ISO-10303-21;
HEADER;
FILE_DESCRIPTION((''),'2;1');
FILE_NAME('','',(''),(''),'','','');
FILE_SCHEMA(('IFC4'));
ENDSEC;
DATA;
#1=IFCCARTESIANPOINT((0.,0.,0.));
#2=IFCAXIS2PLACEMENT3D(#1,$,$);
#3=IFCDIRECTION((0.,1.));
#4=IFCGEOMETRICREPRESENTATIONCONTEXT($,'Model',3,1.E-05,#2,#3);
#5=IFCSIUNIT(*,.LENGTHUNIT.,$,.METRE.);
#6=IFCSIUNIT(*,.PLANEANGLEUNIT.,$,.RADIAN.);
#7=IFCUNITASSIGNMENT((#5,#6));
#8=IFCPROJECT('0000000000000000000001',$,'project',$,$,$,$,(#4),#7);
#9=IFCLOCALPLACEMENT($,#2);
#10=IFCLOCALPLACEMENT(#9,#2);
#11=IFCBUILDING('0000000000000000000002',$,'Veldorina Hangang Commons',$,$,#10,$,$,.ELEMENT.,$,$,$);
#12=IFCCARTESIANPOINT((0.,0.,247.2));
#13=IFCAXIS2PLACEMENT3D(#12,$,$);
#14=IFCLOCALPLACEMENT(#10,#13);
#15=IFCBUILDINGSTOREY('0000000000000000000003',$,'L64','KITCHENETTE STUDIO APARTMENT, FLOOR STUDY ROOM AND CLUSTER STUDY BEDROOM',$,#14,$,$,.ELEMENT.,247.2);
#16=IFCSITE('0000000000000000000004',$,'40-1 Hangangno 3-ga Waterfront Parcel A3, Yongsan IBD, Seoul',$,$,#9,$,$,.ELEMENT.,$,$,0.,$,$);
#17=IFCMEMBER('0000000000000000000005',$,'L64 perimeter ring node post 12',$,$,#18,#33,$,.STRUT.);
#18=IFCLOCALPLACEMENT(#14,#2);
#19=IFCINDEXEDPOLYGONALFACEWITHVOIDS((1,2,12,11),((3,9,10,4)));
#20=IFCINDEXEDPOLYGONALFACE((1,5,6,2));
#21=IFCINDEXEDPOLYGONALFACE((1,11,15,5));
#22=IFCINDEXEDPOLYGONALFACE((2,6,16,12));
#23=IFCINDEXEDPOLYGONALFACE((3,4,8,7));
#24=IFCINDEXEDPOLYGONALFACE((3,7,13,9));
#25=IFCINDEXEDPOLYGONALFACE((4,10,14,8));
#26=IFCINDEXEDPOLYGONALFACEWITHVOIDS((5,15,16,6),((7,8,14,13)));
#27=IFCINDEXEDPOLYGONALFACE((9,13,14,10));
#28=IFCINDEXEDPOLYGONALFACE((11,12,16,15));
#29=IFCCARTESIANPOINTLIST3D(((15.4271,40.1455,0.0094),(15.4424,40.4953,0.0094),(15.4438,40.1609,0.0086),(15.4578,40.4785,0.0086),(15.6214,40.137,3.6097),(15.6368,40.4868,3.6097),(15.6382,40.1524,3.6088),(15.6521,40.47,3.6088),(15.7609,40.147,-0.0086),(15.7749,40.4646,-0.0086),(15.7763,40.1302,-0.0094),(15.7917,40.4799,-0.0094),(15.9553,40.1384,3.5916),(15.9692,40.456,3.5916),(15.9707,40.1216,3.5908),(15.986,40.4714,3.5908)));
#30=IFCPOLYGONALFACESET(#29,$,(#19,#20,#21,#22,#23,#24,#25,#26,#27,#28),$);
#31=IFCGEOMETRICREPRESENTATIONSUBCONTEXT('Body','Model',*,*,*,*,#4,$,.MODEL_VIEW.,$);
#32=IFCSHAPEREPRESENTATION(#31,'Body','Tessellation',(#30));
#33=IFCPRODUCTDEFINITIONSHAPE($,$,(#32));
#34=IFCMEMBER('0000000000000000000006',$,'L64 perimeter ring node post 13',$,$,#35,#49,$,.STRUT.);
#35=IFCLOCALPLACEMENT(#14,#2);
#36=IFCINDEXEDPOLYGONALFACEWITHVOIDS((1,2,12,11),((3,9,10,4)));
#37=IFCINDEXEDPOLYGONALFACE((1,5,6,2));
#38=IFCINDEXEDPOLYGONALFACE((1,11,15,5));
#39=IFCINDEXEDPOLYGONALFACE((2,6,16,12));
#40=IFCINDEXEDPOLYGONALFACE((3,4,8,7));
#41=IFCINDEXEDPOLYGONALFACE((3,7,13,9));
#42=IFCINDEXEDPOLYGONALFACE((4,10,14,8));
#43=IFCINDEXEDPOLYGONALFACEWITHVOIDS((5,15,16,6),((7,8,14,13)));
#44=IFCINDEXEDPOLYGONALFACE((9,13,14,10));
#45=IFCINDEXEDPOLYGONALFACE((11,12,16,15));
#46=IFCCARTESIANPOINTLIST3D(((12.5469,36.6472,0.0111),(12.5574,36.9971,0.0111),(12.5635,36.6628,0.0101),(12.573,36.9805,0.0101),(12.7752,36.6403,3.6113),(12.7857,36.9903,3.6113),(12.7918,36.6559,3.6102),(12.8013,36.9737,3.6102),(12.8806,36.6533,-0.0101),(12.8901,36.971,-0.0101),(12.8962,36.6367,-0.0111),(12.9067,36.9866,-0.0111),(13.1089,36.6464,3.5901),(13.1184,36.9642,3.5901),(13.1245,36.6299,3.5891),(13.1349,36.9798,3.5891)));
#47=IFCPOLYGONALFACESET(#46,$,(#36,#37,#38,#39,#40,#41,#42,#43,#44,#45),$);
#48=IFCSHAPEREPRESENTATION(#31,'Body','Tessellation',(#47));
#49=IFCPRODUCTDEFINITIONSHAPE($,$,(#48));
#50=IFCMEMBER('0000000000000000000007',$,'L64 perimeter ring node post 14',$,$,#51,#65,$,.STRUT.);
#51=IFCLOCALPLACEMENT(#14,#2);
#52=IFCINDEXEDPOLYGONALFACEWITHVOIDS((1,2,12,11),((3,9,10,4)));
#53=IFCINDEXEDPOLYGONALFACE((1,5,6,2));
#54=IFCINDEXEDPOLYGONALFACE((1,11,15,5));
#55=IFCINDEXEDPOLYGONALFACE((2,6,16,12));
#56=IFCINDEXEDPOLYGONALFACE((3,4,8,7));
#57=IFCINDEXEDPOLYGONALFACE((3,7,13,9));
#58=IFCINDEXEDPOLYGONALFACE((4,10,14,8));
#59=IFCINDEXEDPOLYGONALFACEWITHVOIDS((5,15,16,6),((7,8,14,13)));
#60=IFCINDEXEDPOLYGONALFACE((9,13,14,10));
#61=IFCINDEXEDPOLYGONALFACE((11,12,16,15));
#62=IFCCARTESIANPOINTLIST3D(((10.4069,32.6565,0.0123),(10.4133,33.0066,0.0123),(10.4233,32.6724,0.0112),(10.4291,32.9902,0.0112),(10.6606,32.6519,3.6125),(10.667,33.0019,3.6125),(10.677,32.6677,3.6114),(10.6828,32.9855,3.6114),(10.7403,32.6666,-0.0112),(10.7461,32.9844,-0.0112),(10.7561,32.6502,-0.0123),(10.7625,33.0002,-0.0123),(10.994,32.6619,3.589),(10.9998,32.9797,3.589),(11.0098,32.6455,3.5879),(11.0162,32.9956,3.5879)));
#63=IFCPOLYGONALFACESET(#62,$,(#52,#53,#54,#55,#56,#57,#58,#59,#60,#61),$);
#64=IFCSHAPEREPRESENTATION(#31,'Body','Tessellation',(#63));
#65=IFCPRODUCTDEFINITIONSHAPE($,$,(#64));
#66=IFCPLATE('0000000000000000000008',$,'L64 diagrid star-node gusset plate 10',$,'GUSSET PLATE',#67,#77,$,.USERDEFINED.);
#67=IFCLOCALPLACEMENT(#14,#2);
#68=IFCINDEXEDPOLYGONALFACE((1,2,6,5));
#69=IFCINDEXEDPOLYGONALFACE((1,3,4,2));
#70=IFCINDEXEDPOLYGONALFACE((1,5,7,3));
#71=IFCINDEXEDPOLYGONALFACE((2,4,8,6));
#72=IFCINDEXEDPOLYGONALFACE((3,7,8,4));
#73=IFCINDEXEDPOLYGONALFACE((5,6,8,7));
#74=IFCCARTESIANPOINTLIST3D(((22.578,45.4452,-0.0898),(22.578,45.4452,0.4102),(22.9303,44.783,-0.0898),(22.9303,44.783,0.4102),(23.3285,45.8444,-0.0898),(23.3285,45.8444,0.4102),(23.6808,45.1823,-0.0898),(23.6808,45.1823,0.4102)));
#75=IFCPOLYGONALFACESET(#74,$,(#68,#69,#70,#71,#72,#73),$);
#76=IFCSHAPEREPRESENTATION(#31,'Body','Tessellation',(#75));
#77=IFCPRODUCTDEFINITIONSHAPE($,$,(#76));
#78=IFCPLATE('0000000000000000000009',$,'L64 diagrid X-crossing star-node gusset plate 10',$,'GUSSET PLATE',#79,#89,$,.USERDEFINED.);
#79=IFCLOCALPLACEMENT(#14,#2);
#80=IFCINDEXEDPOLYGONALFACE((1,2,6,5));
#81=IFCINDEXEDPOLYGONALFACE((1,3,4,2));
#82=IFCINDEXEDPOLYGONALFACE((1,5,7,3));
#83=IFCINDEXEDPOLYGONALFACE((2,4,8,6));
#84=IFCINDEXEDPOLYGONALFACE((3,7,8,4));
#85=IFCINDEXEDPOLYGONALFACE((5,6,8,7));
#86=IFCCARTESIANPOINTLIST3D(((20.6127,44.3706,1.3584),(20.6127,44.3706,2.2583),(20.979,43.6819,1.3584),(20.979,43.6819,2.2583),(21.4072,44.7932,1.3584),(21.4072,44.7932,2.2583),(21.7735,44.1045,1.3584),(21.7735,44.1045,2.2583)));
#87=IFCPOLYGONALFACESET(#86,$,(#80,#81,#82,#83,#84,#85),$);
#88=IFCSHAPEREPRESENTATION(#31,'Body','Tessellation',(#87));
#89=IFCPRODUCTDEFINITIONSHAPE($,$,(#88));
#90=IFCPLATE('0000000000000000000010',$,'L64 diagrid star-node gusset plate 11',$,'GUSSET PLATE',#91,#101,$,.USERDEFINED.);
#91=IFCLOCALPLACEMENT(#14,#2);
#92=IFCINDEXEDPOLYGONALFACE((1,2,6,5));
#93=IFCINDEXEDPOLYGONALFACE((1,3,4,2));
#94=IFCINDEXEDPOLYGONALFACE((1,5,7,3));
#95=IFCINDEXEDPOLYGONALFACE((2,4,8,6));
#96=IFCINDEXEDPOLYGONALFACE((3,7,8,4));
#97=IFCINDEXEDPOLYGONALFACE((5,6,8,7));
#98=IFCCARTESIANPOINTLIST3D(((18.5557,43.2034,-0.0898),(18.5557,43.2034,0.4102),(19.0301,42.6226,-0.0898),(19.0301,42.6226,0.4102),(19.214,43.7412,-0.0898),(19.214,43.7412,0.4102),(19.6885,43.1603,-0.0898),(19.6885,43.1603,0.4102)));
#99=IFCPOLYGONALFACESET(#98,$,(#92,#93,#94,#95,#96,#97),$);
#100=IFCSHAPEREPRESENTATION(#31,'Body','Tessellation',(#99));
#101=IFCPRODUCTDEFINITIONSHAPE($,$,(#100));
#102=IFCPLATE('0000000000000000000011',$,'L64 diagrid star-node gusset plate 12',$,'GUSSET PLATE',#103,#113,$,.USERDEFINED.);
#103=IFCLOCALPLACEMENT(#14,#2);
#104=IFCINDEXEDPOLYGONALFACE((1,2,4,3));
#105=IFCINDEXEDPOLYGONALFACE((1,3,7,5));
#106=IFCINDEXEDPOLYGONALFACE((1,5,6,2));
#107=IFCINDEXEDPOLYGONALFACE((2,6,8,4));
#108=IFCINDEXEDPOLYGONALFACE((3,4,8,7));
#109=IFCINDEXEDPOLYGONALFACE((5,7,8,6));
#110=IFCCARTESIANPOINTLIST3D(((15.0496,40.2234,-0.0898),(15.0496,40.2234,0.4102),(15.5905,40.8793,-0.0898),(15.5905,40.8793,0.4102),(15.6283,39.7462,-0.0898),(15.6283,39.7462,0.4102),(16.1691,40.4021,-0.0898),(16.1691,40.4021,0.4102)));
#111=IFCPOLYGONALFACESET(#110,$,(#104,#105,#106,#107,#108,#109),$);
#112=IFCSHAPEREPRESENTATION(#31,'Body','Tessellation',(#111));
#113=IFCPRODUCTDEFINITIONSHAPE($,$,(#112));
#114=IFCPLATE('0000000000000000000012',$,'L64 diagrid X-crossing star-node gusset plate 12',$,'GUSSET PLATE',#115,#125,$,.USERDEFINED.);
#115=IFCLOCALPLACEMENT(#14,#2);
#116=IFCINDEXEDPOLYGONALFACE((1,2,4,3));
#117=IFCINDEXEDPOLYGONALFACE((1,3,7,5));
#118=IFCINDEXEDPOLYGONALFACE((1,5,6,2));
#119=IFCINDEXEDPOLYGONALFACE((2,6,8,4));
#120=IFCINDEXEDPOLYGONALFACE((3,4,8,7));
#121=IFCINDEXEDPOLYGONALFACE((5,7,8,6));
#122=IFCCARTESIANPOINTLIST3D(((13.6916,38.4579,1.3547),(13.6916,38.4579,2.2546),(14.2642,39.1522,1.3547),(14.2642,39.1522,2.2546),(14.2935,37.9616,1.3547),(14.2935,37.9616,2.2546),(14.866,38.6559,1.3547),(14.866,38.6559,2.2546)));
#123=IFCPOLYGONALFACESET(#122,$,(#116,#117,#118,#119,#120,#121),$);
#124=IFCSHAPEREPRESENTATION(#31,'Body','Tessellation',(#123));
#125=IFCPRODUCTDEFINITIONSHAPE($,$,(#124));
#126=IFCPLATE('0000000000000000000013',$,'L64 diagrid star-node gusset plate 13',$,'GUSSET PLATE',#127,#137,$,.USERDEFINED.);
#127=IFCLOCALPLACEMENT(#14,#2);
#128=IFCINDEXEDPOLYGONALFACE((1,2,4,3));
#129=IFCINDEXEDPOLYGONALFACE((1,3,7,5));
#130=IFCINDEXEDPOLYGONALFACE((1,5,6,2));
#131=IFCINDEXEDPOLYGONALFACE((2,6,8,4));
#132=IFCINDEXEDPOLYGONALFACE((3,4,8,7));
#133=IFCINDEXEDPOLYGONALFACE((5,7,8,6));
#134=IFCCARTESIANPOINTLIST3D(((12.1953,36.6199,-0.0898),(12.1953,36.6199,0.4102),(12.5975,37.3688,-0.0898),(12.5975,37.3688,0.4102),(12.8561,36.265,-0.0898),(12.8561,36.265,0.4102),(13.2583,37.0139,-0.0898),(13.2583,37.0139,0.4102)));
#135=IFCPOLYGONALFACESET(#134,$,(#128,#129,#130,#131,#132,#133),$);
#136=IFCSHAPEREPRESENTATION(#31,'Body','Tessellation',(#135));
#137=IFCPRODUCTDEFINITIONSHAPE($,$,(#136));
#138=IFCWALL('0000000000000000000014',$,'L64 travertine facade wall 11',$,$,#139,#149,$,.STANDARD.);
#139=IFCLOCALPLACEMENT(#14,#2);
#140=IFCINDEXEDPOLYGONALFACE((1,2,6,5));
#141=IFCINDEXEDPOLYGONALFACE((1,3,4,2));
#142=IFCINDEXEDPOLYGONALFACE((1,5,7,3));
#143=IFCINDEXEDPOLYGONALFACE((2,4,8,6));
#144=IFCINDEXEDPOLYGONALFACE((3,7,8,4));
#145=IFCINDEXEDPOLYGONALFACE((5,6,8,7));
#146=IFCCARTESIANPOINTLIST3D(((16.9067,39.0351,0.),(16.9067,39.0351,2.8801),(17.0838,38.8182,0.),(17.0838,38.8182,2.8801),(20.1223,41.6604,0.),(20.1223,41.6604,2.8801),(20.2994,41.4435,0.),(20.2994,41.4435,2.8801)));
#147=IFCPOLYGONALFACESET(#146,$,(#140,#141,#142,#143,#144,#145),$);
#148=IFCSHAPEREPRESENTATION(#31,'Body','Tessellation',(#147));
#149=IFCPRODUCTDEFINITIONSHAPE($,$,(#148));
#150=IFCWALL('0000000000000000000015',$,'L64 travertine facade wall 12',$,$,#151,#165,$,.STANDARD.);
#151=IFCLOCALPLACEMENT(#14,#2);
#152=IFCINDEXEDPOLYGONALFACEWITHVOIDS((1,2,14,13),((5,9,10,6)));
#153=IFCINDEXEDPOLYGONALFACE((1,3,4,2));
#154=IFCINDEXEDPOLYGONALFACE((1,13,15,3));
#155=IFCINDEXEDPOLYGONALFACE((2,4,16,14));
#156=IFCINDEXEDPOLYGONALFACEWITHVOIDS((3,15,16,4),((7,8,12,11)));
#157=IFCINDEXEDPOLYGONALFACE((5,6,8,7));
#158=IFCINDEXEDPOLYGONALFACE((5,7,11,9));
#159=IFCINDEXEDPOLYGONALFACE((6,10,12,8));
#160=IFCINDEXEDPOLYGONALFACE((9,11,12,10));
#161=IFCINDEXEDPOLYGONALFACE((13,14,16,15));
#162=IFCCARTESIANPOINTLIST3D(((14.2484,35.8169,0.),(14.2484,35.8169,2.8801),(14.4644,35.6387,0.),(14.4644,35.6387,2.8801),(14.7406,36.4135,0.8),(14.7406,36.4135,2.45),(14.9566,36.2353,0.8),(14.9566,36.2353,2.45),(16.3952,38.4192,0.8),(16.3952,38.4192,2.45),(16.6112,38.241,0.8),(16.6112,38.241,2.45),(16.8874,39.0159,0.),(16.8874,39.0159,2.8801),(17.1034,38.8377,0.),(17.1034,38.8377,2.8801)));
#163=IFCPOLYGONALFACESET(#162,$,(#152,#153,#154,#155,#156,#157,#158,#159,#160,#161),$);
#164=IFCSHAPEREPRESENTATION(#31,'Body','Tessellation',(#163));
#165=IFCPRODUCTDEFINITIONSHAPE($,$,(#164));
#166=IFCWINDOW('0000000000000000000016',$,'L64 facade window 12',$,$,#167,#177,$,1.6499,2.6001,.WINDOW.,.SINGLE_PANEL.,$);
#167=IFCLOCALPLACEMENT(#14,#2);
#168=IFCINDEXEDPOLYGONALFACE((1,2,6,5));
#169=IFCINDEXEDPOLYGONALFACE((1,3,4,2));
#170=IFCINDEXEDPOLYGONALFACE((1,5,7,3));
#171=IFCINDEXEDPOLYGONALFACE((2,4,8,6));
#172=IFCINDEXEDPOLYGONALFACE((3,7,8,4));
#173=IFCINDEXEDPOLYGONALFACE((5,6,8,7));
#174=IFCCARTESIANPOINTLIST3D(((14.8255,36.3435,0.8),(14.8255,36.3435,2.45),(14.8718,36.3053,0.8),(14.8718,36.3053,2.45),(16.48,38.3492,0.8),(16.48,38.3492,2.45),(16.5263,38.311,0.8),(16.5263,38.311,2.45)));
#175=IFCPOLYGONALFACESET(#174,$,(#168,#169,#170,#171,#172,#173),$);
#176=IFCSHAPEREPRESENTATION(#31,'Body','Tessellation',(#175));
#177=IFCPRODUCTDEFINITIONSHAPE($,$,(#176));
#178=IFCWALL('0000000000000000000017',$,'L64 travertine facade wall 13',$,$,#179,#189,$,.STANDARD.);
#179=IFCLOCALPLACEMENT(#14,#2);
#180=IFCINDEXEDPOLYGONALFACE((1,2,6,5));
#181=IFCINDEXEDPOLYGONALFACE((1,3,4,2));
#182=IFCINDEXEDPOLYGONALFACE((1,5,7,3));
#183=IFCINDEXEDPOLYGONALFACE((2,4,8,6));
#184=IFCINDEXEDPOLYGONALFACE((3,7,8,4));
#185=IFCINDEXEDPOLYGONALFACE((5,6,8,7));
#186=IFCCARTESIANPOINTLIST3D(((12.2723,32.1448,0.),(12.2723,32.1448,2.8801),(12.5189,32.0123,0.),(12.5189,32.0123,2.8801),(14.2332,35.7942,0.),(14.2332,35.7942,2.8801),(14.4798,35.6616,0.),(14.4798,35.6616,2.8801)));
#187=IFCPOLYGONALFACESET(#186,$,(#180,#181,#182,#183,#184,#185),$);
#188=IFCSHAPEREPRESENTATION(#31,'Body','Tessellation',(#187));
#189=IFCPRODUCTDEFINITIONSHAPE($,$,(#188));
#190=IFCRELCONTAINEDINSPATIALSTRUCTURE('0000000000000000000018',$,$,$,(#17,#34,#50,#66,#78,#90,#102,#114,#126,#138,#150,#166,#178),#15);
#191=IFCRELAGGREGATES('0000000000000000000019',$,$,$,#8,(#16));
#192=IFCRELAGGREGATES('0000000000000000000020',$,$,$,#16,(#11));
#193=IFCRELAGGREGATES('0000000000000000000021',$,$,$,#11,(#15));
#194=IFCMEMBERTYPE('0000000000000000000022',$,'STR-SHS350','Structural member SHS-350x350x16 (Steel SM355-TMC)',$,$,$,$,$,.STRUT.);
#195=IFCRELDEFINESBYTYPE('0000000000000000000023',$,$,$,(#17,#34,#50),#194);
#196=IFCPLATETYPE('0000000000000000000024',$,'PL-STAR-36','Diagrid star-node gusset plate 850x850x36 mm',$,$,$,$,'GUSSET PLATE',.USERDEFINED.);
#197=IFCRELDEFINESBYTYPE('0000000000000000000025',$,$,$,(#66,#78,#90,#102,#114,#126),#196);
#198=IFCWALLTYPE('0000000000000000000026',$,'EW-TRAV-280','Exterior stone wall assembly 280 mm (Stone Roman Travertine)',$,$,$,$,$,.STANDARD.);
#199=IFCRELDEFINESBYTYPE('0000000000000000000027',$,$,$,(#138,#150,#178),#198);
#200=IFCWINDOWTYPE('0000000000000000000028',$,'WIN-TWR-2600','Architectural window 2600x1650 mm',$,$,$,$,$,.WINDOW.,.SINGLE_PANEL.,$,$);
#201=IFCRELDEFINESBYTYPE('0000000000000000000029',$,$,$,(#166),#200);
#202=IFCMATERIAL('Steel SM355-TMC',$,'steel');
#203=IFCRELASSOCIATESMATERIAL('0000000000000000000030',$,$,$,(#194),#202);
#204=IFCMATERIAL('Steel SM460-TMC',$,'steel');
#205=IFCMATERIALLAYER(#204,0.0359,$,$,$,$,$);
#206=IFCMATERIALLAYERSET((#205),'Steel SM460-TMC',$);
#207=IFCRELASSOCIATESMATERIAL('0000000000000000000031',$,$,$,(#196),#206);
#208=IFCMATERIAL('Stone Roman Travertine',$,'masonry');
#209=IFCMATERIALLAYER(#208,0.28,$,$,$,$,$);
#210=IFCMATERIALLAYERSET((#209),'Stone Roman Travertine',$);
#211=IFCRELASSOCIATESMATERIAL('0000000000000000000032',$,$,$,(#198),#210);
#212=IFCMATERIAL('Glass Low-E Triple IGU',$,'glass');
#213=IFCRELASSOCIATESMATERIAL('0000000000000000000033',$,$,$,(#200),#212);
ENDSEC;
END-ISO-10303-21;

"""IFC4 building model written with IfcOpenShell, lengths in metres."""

from ifc_helpers import new_model, si_unit, direction, frame, frame_2d, origin, origin_2d, place, context, subcontext, project, spatial, rectangle, hollow_rectangle, extrude, material, layer, layer_set, material_profile, profile_set, type_object, element, fill, save


model = new_model("IFC4")

# Units and contexts
model_context = context("Model", 3, precision=1e-05, world=origin(), true_north=direction((0.0, 1.0)))
body_context = subcontext(model_context, "Body", "Model", "MODEL_VIEW")
ifc_project = project(units=[si_unit("LENGTHUNIT", "METRE"), si_unit("PLANEANGLEUNIT", "RADIAN")], contexts=[model_context])

# Site, building, storey
site_placement = place(None, origin())
site = spatial("IfcSite", under=ifc_project, at=site_placement, Name="40-1 Hangangno 3-ga Waterfront Parcel A3, Yongsan IBD, Seoul", CompositionType="ELEMENT", RefElevation=0.0)
building_placement = place(site_placement, origin())
building = spatial("IfcBuilding", under=site, at=building_placement, Name="Veldorina Hangang Commons", CompositionType="ELEMENT")
storey_placement = place(building_placement, frame((0.0, 0.0, 247.2)))
storey = spatial("IfcBuildingStorey", under=building, at=storey_placement, Name="L64", Description="KITCHENETTE STUDIO APARTMENT, FLOOR STUDY ROOM AND CLUSTER STUDY BEDROOM", CompositionType="ELEMENT", Elevation=247.2)

# Shared definitions
ifc_material_1 = material(Name="Steel SM355-TMC", Category="steel")

# Members
ifc_material_profile_1 = material_profile(ifc_material_1, hollow_rectangle(XDim=0.3501, YDim=0.3501, WallThickness=0.0161, at=origin_2d()), Name="SHS-350x350x16")
ifc_profile_set_1 = profile_set([ifc_material_profile_1], Name="Steel SM355-TMC")
member_type_1 = type_object("IfcMemberType", Name="STR-SHS350", Description="Structural member SHS-350x350x16 (Steel SM355-TMC)", PredefinedType="STRUT", material=ifc_profile_set_1)
member_1_placement = place(storey_placement, frame((15.6094, 40.3127, 0.0), z_axis=(0.053902, -0.00237, 0.998543), x_axis=(0.043927, 0.999035, 0.0)))
element("IfcMember", 1, at=member_1_placement, inside=storey, type_object=member_type_1, Name="L64 perimeter ring node post 12", PredefinedType="STRUT", context=body_context, shape_type="SweptSolid", body=[
    extrude(hollow_rectangle(XDim=0.3501, YDim=0.3501, WallThickness=0.0161, at=origin_2d()), origin(), (0.0, 0.0, 1.0), 3.6055),
])
member_2_placement = place(storey_placement, frame((12.7268, 36.8169, 0.0), z_axis=(0.06328, -0.001895, 0.997994), x_axis=(0.029933, 0.999552, 0.0)))
element("IfcMember", 2, at=member_2_placement, inside=storey, type_object=member_type_1, Name="L64 perimeter ring node post 13", PredefinedType="STRUT", context=body_context, shape_type="SweptSolid", body=[
    extrude(hollow_rectangle(XDim=0.3501, YDim=0.3501, WallThickness=0.0161, at=origin_2d()), origin(), (0.0, 0.0, 1.0), 3.6074),
])
member_3_placement = place(storey_placement, frame((10.5847, 32.8284, 0.0), z_axis=(0.070285, -0.001285, 0.997526), x_axis=(0.018284, 0.999833, 0.0)))
element("IfcMember", 3, at=member_3_placement, inside=storey, type_object=member_type_1, Name="L64 perimeter ring node post 14", PredefinedType="STRUT", context=body_context, shape_type="SweptSolid", body=[
    extrude(hollow_rectangle(XDim=0.3501, YDim=0.3501, WallThickness=0.0161, at=origin_2d()), origin(), (0.0, 0.0, 1.0), 3.6091),
])

# Plates
ifc_material_2 = material(Name="Steel SM460-TMC", Category="steel")
ifc_layer_1 = layer(ifc_material_2, 0.0359)
ifc_layer_set_1 = layer_set([ifc_layer_1], Name="Steel SM460-TMC")
plate_type = type_object("IfcPlateType", Name="PL-STAR-36", Description="Diagrid star-node gusset plate 850x850x36 mm", ElementType="GUSSET PLATE", PredefinedType="USERDEFINED", material=ifc_layer_set_1)
plate_1_placement = place(storey_placement, frame((23.1294, 45.3137, -0.0898), z_axis=(0.0, 0.0, 1.0), x_axis=(-0.882857, -0.469641, 0.0)))
element("IfcPlate", 4, at=plate_1_placement, inside=storey, type_object=plate_type, Name="L64 diagrid star-node gusset plate 10", ObjectType="GUSSET PLATE", PredefinedType="USERDEFINED", context=body_context, shape_type="SweptSolid", body=[
    extrude(rectangle(XDim=0.8501, YDim=0.75, at=origin_2d()), origin(), (0.0, 0.0, 1.0), 0.5),
])
plate_2_placement = place(storey_placement, frame((21.1931, 44.2375, 1.3584), z_axis=(0.0, 0.0, 1.0), x_axis=(-0.882857, -0.469641, 0.0)))
element("IfcPlate", 5, at=plate_2_placement, inside=storey, type_object=plate_type, Name="L64 diagrid X-crossing star-node gusset plate 10", ObjectType="GUSSET PLATE", PredefinedType="USERDEFINED", context=body_context, shape_type="SweptSolid", body=[
    extrude(rectangle(XDim=0.8999, YDim=0.78, at=origin_2d()), origin(), (0.0, 0.0, 1.0), 0.8999),
])
for number, where, z_axis, x_axis, name in (
    (6, (19.1221, 43.1819, -0.0898), (0.0, 0.0, 1.0), (-0.774481, -0.632597, 0.0), "L64 diagrid star-node gusset plate 11"),
    (7, (15.6094, 40.3127, -0.0898), (0.0, 0.0, 1.0), (-0.636199, -0.771525, 0.0), "L64 diagrid star-node gusset plate 12"),
):
    element("IfcPlate", number, at=place(storey_placement, frame(where, z_axis=z_axis, x_axis=x_axis)), inside=storey, type_object=plate_type, Name=name, ObjectType="GUSSET PLATE", PredefinedType="USERDEFINED", context=body_context, shape_type="SweptSolid", body=[
        extrude(rectangle(XDim=0.8501, YDim=0.75, at=origin_2d()), origin(), (0.0, 0.0, 1.0), 0.5),
    ])
plate_3_placement = place(storey_placement, frame((14.2788, 38.5569, 1.3547), z_axis=(0.0, 0.0, 1.0), x_axis=(-0.636199, -0.771525, 0.0)))
element("IfcPlate", 8, at=plate_3_placement, inside=storey, type_object=plate_type, Name="L64 diagrid X-crossing star-node gusset plate 12", ObjectType="GUSSET PLATE", PredefinedType="USERDEFINED", context=body_context, shape_type="SweptSolid", body=[
    extrude(rectangle(XDim=0.8999, YDim=0.78, at=origin_2d()), origin(), (0.0, 0.0, 1.0), 0.8999),
])
plate_4_placement = place(storey_placement, frame((12.7268, 36.8169, -0.0898), z_axis=(0.0, 0.0, 1.0), x_axis=(-0.473135, -0.88099, 0.0)))
element("IfcPlate", 9, at=plate_4_placement, inside=storey, type_object=plate_type, Name="L64 diagrid star-node gusset plate 13", ObjectType="GUSSET PLATE", PredefinedType="USERDEFINED", context=body_context, shape_type="SweptSolid", body=[
    extrude(rectangle(XDim=0.8501, YDim=0.75, at=origin_2d()), origin(), (0.0, 0.0, 1.0), 0.5),
])

# Wall
ifc_material_3 = material(Name="Stone Roman Travertine", Category="masonry")
ifc_layer_2 = layer(ifc_material_3, 0.28)
ifc_layer_set_2 = layer_set([ifc_layer_2], Name="Stone Roman Travertine")
wall_type_1 = type_object("IfcWallType", Name="EW-TRAV-280", Description="Exterior stone wall assembly 280 mm (Stone Roman Travertine)", PredefinedType="STANDARD", material=ifc_layer_set_2)
wall_1_placement = place(storey_placement, frame((20.2109, 41.552, 0.0), z_axis=(0.0, 0.0, 1.0), x_axis=(-0.774628, -0.632418, 0.0)))
element("IfcWall", 10, at=wall_1_placement, inside=storey, type_object=wall_type_1, Name="L64 travertine facade wall 11", PredefinedType="STANDARD", context=body_context, shape_type="SweptSolid", body=[
    extrude(rectangle(XDim=4.1511, YDim=0.28, at=frame_2d((2.0757, 0.0))), origin(), (0.0, 0.0, 1.0), 2.8801),
])

# Wall, opening, window
wall_2_placement = place(storey_placement, frame((16.9954, 38.9268, 0.0), z_axis=(0.0, 0.0, 1.0), x_axis=(-0.636349, -0.771401, 0.0)))
wall_2 = element("IfcWall", 11, at=wall_2_placement, inside=storey, type_object=wall_type_1, Name="L64 travertine facade wall 12", PredefinedType="STANDARD", context=body_context, shape_type="SweptSolid", body=[
    extrude(rectangle(XDim=4.147, YDim=0.28, at=frame_2d((2.0735, 0.0))), origin(), (0.0, 0.0, 1.0), 2.8801),
])
opening_1_placement = place(wall_2_placement, frame((0.7734, 0.0, 0.8)))
opening_1 = element("IfcOpeningElement", 12, at=opening_1_placement, cuts=wall_2, PredefinedType="OPENING", context=body_context, shape_type="SweptSolid", body=[
    extrude(rectangle(XDim=2.6001, YDim=1.6499, at=frame_2d((1.3, 0.825))), frame((0.0, 0.1499, 0.0), z_axis=(0.0, -1.0, 0.0), x_axis=(1.0, 0.0, 0.0)), (0.0, 0.0, 1.0), 0.3),
])
ifc_material_4 = material(Name="Glass Low-E Triple IGU", Category="glass")
window_type = type_object("IfcWindowType", Name="WIN-TWR-2600", Description="Architectural window 2600x1650 mm", PartitioningType="SINGLE_PANEL", PredefinedType="WINDOW", material=ifc_material_4)
window_placement = place(opening_1_placement, origin())
window = element("IfcWindow", 13, at=window_placement, inside=storey, type_object=window_type, Name="L64 facade window 12", OverallHeight=1.6499, OverallWidth=2.6001, PartitioningType="SINGLE_PANEL", PredefinedType="WINDOW", context=body_context, shape_type="SweptSolid", body=[
    extrude(rectangle(XDim=2.6001, YDim=1.6499, at=frame_2d((1.3, 0.825))), frame((0.0, 0.03, 0.0), z_axis=(0.0, -1.0, 0.0), x_axis=(1.0, 0.0, 0.0)), (0.0, 0.0, 1.0), 0.0601),
])
fill(opening_1, window)

# Wall
wall_3_placement = place(storey_placement, frame((14.3564, 35.7278, 0.0), z_axis=(0.0, 0.0, 1.0), x_axis=(-0.473327, -0.880887, 0.0)))
element("IfcWall", 14, at=wall_3_placement, inside=storey, type_object=wall_type_1, Name="L64 travertine facade wall 13", PredefinedType="STANDARD", context=body_context, shape_type="SweptSolid", body=[
    extrude(rectangle(XDim=4.1428, YDim=0.28, at=frame_2d((2.0713, 0.0))), origin(), (0.0, 0.0, 1.0), 2.8801),
])

save(model, "model.ifc")
